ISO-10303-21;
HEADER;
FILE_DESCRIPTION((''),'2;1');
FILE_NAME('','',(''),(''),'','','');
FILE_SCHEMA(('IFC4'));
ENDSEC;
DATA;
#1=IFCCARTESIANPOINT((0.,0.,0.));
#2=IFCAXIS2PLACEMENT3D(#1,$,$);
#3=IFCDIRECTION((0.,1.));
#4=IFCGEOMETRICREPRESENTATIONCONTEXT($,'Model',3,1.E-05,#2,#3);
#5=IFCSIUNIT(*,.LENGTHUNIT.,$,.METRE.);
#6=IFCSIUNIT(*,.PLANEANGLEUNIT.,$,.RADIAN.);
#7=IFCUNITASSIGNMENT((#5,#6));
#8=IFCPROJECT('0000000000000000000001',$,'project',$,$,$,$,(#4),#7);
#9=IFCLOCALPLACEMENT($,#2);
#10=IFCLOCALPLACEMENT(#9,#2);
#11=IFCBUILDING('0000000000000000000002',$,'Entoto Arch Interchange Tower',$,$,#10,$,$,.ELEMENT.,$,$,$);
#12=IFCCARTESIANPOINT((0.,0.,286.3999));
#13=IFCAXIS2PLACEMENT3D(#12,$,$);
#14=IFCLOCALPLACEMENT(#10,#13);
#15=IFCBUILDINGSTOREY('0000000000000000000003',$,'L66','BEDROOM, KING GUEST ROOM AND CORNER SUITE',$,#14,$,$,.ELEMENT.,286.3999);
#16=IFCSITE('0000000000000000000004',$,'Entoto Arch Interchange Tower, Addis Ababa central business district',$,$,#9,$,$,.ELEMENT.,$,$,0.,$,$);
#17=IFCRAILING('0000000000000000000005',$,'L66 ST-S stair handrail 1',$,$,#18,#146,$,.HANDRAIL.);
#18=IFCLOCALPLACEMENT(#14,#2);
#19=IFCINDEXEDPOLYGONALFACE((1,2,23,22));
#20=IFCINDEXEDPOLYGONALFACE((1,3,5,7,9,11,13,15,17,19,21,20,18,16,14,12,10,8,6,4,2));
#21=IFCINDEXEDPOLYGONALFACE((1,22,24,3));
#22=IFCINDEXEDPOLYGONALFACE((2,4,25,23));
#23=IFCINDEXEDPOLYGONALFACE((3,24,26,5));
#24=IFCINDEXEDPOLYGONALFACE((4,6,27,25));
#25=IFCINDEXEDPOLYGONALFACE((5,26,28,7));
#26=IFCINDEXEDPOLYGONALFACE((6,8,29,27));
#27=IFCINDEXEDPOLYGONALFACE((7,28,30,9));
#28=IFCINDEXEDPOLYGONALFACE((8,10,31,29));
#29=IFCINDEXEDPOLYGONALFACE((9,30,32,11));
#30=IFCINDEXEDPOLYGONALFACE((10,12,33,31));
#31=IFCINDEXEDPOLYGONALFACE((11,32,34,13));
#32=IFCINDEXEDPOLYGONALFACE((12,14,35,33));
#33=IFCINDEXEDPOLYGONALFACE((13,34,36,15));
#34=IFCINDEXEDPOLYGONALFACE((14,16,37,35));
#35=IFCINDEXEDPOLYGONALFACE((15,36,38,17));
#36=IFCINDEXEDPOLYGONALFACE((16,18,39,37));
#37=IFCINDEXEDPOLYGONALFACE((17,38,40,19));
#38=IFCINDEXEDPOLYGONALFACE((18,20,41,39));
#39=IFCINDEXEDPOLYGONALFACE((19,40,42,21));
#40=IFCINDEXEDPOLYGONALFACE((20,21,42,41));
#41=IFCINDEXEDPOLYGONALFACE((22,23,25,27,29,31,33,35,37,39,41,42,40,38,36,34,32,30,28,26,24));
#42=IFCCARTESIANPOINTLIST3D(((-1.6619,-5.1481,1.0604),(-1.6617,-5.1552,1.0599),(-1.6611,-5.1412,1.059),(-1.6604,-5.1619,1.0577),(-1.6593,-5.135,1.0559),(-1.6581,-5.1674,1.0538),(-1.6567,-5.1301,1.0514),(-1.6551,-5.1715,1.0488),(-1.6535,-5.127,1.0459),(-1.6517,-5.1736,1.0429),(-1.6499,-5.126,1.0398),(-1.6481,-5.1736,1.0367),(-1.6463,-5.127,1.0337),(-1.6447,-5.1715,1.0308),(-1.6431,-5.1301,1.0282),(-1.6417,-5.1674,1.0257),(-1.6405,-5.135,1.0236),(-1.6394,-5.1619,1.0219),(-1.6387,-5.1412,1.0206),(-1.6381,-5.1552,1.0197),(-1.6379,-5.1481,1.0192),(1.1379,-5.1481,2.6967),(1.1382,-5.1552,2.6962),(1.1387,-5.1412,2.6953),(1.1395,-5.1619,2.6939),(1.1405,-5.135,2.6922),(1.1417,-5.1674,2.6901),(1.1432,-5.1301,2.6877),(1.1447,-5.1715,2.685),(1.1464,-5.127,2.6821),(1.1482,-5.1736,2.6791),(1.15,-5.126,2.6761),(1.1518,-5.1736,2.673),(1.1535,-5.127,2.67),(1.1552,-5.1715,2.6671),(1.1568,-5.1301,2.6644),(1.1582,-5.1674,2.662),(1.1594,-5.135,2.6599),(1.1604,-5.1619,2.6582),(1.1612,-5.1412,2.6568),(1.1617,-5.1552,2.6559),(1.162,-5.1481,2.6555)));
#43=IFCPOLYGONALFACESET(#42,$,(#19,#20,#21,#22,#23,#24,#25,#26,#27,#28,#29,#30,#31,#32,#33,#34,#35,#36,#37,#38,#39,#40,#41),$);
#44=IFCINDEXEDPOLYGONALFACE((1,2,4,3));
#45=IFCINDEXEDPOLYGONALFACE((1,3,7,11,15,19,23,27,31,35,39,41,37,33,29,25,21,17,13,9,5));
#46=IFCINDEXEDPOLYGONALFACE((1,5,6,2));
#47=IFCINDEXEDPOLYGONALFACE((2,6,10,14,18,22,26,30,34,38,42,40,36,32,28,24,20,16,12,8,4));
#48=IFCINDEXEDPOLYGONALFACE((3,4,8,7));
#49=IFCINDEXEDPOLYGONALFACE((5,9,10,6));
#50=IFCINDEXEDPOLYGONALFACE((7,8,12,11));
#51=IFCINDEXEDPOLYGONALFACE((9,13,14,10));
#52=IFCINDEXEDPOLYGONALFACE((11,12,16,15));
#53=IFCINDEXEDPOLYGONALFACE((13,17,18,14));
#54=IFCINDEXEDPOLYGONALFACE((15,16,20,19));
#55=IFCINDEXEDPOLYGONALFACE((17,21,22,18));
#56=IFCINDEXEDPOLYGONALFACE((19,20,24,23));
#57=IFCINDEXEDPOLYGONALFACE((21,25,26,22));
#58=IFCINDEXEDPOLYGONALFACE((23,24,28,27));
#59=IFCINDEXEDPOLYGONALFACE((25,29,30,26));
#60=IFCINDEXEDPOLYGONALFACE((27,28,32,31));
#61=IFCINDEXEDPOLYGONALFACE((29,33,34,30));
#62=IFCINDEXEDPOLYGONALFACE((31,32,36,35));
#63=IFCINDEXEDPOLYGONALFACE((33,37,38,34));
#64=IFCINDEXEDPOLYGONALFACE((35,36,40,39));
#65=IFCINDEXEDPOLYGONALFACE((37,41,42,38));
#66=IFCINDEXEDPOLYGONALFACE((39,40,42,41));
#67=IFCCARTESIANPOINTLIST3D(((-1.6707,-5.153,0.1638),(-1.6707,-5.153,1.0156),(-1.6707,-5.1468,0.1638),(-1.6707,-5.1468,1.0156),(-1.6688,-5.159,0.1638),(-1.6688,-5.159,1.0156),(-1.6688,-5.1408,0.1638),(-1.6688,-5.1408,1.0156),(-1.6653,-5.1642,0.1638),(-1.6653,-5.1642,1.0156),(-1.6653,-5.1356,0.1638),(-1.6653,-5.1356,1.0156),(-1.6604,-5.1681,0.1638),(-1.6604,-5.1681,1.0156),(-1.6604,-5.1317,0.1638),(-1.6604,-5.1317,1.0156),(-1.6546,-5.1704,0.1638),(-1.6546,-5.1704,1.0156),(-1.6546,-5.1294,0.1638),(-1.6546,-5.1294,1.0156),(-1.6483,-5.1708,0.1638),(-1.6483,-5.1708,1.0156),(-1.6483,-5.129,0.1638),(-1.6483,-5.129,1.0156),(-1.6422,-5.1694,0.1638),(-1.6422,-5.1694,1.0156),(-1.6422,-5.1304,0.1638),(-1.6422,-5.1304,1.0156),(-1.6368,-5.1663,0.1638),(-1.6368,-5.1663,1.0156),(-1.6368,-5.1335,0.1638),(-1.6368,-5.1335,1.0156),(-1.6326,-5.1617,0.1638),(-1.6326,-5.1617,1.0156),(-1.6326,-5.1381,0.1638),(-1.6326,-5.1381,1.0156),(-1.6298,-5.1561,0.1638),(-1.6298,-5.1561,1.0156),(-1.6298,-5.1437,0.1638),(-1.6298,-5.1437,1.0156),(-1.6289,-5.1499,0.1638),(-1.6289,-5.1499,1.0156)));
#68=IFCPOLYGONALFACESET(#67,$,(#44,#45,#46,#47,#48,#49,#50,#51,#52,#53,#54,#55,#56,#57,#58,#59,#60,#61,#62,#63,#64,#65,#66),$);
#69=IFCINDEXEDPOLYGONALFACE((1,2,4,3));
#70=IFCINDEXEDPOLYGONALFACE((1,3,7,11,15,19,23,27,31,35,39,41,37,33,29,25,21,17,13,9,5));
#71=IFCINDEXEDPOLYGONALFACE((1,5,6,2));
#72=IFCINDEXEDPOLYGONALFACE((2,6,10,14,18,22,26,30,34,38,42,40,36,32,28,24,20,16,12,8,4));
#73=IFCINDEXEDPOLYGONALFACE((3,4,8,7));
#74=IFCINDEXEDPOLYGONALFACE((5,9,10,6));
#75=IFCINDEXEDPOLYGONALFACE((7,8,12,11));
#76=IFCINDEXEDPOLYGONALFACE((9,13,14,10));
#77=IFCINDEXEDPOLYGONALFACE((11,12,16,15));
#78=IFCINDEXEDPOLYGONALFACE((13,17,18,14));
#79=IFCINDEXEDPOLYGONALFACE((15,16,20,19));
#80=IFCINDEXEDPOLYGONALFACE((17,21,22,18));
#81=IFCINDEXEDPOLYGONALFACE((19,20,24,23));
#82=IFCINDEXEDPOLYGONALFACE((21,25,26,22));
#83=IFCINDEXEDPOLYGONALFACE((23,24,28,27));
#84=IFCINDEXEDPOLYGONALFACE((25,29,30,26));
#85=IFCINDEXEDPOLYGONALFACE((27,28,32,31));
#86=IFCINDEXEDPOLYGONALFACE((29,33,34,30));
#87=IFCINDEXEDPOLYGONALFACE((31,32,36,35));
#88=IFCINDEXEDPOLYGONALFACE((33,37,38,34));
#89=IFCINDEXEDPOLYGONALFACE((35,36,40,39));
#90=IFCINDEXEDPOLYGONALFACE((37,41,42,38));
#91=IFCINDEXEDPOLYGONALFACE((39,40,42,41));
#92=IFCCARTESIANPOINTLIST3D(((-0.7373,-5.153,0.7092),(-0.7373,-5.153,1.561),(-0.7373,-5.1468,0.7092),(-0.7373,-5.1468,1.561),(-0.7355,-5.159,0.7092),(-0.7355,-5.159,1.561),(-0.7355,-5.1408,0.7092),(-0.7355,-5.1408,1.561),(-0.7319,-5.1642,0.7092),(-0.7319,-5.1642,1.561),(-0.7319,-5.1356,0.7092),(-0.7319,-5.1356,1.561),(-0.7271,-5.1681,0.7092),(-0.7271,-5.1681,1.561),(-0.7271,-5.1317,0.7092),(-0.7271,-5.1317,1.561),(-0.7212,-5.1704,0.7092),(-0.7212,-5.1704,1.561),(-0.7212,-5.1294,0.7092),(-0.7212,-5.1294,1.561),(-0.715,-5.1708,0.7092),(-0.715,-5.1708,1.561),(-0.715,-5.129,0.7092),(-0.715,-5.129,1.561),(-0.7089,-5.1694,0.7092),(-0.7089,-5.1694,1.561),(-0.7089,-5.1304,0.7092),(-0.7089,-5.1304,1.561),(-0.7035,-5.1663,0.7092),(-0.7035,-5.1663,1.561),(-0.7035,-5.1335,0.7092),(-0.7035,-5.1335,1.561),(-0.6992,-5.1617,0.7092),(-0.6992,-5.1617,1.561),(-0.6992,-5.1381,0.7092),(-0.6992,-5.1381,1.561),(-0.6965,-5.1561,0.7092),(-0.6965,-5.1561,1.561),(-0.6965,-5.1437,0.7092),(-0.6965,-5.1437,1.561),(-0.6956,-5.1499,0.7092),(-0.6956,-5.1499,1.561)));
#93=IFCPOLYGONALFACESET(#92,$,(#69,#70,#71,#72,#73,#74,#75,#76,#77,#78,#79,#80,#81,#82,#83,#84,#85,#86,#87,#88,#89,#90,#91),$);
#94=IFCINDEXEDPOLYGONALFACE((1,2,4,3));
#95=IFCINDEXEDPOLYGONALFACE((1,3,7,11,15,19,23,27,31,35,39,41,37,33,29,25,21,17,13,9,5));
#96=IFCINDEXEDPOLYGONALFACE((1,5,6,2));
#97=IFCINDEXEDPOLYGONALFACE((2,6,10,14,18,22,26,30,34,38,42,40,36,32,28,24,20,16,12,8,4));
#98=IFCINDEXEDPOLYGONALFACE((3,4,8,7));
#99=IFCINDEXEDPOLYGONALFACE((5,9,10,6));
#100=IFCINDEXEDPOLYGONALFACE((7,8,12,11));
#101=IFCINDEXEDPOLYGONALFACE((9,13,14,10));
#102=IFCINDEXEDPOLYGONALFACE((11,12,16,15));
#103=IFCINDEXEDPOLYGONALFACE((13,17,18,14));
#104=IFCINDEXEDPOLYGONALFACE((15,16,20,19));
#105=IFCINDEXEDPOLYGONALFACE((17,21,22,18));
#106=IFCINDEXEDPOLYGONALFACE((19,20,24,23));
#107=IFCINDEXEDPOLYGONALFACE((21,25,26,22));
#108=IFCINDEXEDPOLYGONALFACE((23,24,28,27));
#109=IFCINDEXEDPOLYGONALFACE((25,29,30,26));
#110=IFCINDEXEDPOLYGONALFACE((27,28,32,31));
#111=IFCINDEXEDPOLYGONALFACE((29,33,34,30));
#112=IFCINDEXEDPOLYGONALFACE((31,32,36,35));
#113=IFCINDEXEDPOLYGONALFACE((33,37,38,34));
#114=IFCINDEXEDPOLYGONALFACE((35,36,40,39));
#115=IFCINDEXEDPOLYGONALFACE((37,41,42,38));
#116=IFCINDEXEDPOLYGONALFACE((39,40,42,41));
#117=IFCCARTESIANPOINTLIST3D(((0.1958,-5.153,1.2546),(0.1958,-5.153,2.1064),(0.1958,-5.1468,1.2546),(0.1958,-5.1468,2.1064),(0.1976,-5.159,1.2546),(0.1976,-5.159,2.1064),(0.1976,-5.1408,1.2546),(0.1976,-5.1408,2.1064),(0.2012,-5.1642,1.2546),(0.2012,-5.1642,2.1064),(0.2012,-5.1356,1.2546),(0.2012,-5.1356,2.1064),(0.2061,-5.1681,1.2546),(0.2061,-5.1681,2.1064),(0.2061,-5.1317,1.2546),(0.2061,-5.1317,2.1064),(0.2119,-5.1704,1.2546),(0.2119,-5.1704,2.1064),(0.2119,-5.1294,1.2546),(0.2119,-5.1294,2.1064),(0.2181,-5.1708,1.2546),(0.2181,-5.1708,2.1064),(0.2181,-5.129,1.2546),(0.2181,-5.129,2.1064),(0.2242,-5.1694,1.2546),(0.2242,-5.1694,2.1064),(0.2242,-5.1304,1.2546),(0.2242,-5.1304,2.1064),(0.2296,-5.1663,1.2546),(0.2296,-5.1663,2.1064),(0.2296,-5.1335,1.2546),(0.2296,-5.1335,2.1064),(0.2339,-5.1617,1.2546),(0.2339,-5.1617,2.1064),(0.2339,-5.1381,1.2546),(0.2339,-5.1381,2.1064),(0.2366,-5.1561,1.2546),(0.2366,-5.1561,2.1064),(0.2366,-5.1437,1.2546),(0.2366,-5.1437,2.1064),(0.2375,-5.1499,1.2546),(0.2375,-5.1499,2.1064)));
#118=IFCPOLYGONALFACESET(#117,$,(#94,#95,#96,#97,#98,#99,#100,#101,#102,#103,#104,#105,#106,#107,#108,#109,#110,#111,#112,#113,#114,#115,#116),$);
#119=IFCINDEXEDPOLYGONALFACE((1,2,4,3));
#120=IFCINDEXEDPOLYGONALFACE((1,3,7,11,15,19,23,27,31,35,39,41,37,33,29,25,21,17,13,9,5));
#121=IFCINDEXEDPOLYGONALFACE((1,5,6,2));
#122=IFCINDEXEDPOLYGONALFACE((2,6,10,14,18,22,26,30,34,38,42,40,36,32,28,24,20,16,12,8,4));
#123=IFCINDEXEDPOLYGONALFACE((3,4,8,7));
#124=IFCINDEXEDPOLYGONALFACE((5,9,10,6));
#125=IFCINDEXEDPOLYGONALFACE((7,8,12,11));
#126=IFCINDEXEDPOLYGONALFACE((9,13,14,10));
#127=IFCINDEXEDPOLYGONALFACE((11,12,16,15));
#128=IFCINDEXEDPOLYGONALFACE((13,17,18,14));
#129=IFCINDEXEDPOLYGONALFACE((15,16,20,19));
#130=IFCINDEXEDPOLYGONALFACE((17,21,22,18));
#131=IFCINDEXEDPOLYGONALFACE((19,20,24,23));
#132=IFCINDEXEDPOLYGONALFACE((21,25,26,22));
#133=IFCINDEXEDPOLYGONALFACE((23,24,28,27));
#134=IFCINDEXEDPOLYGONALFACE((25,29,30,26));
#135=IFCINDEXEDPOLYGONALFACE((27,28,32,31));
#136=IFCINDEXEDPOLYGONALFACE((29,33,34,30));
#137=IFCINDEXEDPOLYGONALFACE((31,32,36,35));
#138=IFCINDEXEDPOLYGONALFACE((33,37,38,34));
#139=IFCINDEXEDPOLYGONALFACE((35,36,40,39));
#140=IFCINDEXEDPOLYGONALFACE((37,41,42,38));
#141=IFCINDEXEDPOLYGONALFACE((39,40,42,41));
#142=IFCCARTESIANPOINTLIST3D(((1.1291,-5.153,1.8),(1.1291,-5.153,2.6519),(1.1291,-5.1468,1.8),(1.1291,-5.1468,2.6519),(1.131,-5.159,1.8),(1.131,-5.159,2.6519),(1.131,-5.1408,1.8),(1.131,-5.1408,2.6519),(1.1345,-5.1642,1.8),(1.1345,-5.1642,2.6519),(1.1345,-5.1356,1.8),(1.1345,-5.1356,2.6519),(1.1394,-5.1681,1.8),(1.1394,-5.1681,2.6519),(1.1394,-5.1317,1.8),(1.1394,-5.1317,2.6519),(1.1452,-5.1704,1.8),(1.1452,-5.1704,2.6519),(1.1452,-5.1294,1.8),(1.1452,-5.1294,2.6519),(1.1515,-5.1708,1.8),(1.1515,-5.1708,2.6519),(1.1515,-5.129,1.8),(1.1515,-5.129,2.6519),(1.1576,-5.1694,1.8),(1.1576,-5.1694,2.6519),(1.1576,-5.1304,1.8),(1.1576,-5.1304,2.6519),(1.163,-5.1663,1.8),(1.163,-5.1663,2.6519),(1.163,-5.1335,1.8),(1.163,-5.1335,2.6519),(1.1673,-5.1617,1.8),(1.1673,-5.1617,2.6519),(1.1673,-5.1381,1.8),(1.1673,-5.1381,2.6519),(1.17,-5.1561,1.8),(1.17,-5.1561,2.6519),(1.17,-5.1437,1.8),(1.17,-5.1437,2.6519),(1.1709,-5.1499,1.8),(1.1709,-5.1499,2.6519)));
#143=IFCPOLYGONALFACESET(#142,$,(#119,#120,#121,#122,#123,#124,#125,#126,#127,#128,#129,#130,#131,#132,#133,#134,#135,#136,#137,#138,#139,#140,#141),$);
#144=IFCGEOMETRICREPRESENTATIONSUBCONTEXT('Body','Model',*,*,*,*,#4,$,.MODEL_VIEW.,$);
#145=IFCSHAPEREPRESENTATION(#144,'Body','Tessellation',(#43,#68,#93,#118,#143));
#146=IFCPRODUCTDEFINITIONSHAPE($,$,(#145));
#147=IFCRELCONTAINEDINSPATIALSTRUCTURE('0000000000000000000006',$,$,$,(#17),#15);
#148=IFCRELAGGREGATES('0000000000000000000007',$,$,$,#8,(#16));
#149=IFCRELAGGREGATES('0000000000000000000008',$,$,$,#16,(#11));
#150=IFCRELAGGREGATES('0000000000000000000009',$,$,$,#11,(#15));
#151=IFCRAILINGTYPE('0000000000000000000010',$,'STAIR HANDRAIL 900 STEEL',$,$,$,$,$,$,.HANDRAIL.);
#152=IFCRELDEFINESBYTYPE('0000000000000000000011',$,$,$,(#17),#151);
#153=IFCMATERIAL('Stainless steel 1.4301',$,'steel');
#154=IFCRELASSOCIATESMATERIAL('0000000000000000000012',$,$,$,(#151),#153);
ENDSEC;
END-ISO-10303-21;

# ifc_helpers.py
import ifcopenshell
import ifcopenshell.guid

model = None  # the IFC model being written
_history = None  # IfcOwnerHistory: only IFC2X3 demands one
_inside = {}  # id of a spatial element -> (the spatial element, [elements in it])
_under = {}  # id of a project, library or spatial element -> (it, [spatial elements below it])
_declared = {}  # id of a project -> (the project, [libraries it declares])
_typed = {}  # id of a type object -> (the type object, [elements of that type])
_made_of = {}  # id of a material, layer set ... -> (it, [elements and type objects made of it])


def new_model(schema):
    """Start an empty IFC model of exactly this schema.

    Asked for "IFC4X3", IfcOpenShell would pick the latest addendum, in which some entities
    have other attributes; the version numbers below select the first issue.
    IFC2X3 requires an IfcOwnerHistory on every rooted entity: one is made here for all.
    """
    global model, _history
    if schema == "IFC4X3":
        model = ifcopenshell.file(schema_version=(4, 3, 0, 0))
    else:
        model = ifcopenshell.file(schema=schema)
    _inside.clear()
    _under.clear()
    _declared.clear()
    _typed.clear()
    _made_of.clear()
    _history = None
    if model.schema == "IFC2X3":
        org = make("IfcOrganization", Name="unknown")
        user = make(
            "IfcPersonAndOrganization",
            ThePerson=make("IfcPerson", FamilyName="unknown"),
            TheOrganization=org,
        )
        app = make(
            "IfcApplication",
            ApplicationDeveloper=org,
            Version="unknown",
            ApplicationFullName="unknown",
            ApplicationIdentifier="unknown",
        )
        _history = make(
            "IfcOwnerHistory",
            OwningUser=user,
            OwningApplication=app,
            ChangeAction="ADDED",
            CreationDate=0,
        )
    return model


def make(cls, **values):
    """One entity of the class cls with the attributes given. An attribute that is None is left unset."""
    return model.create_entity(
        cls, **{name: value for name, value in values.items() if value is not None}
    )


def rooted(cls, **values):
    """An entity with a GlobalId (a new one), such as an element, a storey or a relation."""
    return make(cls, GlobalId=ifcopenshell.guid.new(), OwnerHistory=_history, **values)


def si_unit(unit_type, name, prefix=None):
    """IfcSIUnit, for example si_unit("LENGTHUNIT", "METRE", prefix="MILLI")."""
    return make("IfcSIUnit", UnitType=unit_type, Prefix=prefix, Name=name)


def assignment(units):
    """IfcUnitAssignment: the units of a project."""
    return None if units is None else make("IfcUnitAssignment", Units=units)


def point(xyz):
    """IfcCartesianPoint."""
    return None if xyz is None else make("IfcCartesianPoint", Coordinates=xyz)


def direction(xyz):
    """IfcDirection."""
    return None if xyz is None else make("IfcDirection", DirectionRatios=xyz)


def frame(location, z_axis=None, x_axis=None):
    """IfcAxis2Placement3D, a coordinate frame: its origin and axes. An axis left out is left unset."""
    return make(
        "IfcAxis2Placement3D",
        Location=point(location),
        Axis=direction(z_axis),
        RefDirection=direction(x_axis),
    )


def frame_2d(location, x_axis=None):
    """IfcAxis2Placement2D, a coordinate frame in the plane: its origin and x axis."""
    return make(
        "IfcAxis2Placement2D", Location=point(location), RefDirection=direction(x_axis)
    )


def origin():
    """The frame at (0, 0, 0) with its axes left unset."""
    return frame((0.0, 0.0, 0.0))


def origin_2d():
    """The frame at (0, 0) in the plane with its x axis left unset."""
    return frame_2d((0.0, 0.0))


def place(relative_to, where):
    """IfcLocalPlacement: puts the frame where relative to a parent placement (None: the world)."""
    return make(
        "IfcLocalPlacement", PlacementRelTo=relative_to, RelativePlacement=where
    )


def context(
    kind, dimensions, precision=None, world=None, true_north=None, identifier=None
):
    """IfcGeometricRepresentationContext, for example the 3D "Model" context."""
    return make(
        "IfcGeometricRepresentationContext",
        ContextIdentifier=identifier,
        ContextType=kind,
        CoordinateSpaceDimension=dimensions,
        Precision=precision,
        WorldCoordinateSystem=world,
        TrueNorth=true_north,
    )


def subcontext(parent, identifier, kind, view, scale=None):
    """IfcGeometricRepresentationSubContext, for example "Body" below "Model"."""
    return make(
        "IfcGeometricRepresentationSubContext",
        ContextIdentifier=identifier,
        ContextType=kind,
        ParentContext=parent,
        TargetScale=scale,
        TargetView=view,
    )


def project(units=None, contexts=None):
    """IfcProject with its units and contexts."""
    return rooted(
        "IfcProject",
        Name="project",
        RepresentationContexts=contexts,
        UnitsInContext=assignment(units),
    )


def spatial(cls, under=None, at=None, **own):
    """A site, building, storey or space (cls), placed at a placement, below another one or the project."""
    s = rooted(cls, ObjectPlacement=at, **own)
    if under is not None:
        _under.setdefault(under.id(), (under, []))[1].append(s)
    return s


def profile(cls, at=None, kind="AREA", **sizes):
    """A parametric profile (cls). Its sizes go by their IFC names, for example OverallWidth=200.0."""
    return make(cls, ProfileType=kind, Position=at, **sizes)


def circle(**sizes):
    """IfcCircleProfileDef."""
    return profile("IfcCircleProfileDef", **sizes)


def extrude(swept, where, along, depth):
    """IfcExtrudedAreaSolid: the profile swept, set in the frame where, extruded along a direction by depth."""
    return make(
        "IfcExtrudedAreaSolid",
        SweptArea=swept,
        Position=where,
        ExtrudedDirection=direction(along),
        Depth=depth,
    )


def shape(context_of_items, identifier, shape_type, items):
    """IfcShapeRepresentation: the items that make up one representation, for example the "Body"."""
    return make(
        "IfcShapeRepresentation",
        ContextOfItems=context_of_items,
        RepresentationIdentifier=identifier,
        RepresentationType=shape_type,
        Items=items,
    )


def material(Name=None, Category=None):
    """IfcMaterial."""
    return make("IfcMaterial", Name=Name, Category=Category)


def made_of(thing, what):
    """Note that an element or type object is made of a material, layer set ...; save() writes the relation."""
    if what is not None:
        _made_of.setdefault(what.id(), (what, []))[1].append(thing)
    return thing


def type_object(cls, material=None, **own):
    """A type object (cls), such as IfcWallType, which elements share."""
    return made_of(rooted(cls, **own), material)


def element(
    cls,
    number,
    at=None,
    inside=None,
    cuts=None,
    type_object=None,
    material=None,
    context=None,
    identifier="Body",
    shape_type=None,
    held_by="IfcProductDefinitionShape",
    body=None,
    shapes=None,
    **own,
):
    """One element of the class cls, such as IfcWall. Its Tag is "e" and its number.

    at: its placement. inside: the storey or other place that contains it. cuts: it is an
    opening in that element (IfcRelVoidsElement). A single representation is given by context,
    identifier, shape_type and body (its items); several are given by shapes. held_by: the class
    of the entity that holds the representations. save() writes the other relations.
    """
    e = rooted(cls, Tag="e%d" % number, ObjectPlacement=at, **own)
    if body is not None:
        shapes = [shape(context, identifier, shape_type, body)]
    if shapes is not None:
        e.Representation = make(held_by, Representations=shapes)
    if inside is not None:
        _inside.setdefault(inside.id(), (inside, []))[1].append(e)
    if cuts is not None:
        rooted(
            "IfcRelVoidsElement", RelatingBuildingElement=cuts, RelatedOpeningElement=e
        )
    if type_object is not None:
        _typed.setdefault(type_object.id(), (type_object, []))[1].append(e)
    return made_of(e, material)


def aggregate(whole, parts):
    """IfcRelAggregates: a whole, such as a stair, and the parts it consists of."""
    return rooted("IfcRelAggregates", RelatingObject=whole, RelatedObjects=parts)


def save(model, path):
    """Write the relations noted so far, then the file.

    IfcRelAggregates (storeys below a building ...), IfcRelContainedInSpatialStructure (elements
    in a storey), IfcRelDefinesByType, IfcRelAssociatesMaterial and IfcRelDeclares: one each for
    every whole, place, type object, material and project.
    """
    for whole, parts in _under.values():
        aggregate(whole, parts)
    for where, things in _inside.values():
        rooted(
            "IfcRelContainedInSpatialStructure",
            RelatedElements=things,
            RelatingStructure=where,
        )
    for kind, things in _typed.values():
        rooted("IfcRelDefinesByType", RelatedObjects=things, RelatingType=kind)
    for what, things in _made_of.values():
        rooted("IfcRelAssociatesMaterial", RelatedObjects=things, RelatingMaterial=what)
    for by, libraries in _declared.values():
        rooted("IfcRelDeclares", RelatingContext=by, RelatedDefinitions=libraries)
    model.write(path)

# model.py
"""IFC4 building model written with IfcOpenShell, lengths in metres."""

from ifc_helpers import new_model, si_unit, direction, frame, origin, origin_2d, place, context, subcontext, project, spatial, circle, extrude, material, type_object, element, save


model = new_model("IFC4")

# Units and contexts
model_context = context("Model", 3, precision=1e-05, world=origin(), true_north=direction((0.0, 1.0)))
body_context = subcontext(model_context, "Body", "Model", "MODEL_VIEW")
ifc_project = project(units=[si_unit("LENGTHUNIT", "METRE"), si_unit("PLANEANGLEUNIT", "RADIAN")], contexts=[model_context])

# Site, building, storey
site_placement = place(None, origin())
site = spatial("IfcSite", under=ifc_project, at=site_placement, Name="Entoto Arch Interchange Tower, Addis Ababa central business district", CompositionType="ELEMENT", RefElevation=0.0)
building_placement = place(site_placement, origin())
building = spatial("IfcBuilding", under=site, at=building_placement, Name="Entoto Arch Interchange Tower", CompositionType="ELEMENT")
storey_placement = place(building_placement, frame((0.0, 0.0, 286.3999)))
storey = spatial("IfcBuildingStorey", under=building, at=storey_placement, Name="L66", Description="BEDROOM, KING GUEST ROOM AND CORNER SUITE", CompositionType="ELEMENT", Elevation=286.3999)

# Railing
ifc_material_1 = material(Name="Stainless steel 1.4301", Category="steel")
railing_type_1 = type_object("IfcRailingType", Name="STAIR HANDRAIL 900 STEEL", PredefinedType="HANDRAIL", material=ifc_material_1)
railing_1_placement = place(storey_placement, frame((-1.6499, -5.1499, 0.1638)))
element("IfcRailing", 1, at=railing_1_placement, inside=storey, type_object=railing_type_1, Name="L66 ST-S stair handrail 1", PredefinedType="HANDRAIL", context=body_context, shape_type="SweptSolid", body=[
    extrude(circle(Radius=0.0239, at=origin_2d()), frame((0.0, 0.0, 0.876), z_axis=(0.863374, 0.0, 0.504564), x_axis=(0.0, 1.0, 0.0)), (0.0, 0.0, 1.0), 3.2429),
    extrude(circle(Radius=0.021, at=origin_2d()), origin(), (0.0, 0.0, 1.0), 0.8518),
    extrude(circle(Radius=0.021, at=origin_2d()), frame((0.9333, 0.0, 0.5454)), (0.0, 0.0, 1.0), 0.8518),
    extrude(circle(Radius=0.021, at=origin_2d()), frame((1.8665, 0.0, 1.0908)), (0.0, 0.0, 1.0), 0.8518),
    extrude(circle(Radius=0.021, at=origin_2d()), frame((2.7998, 0.0, 1.6362)), (0.0, 0.0, 1.0), 0.8518),
])

save(model, "model.ifc")
